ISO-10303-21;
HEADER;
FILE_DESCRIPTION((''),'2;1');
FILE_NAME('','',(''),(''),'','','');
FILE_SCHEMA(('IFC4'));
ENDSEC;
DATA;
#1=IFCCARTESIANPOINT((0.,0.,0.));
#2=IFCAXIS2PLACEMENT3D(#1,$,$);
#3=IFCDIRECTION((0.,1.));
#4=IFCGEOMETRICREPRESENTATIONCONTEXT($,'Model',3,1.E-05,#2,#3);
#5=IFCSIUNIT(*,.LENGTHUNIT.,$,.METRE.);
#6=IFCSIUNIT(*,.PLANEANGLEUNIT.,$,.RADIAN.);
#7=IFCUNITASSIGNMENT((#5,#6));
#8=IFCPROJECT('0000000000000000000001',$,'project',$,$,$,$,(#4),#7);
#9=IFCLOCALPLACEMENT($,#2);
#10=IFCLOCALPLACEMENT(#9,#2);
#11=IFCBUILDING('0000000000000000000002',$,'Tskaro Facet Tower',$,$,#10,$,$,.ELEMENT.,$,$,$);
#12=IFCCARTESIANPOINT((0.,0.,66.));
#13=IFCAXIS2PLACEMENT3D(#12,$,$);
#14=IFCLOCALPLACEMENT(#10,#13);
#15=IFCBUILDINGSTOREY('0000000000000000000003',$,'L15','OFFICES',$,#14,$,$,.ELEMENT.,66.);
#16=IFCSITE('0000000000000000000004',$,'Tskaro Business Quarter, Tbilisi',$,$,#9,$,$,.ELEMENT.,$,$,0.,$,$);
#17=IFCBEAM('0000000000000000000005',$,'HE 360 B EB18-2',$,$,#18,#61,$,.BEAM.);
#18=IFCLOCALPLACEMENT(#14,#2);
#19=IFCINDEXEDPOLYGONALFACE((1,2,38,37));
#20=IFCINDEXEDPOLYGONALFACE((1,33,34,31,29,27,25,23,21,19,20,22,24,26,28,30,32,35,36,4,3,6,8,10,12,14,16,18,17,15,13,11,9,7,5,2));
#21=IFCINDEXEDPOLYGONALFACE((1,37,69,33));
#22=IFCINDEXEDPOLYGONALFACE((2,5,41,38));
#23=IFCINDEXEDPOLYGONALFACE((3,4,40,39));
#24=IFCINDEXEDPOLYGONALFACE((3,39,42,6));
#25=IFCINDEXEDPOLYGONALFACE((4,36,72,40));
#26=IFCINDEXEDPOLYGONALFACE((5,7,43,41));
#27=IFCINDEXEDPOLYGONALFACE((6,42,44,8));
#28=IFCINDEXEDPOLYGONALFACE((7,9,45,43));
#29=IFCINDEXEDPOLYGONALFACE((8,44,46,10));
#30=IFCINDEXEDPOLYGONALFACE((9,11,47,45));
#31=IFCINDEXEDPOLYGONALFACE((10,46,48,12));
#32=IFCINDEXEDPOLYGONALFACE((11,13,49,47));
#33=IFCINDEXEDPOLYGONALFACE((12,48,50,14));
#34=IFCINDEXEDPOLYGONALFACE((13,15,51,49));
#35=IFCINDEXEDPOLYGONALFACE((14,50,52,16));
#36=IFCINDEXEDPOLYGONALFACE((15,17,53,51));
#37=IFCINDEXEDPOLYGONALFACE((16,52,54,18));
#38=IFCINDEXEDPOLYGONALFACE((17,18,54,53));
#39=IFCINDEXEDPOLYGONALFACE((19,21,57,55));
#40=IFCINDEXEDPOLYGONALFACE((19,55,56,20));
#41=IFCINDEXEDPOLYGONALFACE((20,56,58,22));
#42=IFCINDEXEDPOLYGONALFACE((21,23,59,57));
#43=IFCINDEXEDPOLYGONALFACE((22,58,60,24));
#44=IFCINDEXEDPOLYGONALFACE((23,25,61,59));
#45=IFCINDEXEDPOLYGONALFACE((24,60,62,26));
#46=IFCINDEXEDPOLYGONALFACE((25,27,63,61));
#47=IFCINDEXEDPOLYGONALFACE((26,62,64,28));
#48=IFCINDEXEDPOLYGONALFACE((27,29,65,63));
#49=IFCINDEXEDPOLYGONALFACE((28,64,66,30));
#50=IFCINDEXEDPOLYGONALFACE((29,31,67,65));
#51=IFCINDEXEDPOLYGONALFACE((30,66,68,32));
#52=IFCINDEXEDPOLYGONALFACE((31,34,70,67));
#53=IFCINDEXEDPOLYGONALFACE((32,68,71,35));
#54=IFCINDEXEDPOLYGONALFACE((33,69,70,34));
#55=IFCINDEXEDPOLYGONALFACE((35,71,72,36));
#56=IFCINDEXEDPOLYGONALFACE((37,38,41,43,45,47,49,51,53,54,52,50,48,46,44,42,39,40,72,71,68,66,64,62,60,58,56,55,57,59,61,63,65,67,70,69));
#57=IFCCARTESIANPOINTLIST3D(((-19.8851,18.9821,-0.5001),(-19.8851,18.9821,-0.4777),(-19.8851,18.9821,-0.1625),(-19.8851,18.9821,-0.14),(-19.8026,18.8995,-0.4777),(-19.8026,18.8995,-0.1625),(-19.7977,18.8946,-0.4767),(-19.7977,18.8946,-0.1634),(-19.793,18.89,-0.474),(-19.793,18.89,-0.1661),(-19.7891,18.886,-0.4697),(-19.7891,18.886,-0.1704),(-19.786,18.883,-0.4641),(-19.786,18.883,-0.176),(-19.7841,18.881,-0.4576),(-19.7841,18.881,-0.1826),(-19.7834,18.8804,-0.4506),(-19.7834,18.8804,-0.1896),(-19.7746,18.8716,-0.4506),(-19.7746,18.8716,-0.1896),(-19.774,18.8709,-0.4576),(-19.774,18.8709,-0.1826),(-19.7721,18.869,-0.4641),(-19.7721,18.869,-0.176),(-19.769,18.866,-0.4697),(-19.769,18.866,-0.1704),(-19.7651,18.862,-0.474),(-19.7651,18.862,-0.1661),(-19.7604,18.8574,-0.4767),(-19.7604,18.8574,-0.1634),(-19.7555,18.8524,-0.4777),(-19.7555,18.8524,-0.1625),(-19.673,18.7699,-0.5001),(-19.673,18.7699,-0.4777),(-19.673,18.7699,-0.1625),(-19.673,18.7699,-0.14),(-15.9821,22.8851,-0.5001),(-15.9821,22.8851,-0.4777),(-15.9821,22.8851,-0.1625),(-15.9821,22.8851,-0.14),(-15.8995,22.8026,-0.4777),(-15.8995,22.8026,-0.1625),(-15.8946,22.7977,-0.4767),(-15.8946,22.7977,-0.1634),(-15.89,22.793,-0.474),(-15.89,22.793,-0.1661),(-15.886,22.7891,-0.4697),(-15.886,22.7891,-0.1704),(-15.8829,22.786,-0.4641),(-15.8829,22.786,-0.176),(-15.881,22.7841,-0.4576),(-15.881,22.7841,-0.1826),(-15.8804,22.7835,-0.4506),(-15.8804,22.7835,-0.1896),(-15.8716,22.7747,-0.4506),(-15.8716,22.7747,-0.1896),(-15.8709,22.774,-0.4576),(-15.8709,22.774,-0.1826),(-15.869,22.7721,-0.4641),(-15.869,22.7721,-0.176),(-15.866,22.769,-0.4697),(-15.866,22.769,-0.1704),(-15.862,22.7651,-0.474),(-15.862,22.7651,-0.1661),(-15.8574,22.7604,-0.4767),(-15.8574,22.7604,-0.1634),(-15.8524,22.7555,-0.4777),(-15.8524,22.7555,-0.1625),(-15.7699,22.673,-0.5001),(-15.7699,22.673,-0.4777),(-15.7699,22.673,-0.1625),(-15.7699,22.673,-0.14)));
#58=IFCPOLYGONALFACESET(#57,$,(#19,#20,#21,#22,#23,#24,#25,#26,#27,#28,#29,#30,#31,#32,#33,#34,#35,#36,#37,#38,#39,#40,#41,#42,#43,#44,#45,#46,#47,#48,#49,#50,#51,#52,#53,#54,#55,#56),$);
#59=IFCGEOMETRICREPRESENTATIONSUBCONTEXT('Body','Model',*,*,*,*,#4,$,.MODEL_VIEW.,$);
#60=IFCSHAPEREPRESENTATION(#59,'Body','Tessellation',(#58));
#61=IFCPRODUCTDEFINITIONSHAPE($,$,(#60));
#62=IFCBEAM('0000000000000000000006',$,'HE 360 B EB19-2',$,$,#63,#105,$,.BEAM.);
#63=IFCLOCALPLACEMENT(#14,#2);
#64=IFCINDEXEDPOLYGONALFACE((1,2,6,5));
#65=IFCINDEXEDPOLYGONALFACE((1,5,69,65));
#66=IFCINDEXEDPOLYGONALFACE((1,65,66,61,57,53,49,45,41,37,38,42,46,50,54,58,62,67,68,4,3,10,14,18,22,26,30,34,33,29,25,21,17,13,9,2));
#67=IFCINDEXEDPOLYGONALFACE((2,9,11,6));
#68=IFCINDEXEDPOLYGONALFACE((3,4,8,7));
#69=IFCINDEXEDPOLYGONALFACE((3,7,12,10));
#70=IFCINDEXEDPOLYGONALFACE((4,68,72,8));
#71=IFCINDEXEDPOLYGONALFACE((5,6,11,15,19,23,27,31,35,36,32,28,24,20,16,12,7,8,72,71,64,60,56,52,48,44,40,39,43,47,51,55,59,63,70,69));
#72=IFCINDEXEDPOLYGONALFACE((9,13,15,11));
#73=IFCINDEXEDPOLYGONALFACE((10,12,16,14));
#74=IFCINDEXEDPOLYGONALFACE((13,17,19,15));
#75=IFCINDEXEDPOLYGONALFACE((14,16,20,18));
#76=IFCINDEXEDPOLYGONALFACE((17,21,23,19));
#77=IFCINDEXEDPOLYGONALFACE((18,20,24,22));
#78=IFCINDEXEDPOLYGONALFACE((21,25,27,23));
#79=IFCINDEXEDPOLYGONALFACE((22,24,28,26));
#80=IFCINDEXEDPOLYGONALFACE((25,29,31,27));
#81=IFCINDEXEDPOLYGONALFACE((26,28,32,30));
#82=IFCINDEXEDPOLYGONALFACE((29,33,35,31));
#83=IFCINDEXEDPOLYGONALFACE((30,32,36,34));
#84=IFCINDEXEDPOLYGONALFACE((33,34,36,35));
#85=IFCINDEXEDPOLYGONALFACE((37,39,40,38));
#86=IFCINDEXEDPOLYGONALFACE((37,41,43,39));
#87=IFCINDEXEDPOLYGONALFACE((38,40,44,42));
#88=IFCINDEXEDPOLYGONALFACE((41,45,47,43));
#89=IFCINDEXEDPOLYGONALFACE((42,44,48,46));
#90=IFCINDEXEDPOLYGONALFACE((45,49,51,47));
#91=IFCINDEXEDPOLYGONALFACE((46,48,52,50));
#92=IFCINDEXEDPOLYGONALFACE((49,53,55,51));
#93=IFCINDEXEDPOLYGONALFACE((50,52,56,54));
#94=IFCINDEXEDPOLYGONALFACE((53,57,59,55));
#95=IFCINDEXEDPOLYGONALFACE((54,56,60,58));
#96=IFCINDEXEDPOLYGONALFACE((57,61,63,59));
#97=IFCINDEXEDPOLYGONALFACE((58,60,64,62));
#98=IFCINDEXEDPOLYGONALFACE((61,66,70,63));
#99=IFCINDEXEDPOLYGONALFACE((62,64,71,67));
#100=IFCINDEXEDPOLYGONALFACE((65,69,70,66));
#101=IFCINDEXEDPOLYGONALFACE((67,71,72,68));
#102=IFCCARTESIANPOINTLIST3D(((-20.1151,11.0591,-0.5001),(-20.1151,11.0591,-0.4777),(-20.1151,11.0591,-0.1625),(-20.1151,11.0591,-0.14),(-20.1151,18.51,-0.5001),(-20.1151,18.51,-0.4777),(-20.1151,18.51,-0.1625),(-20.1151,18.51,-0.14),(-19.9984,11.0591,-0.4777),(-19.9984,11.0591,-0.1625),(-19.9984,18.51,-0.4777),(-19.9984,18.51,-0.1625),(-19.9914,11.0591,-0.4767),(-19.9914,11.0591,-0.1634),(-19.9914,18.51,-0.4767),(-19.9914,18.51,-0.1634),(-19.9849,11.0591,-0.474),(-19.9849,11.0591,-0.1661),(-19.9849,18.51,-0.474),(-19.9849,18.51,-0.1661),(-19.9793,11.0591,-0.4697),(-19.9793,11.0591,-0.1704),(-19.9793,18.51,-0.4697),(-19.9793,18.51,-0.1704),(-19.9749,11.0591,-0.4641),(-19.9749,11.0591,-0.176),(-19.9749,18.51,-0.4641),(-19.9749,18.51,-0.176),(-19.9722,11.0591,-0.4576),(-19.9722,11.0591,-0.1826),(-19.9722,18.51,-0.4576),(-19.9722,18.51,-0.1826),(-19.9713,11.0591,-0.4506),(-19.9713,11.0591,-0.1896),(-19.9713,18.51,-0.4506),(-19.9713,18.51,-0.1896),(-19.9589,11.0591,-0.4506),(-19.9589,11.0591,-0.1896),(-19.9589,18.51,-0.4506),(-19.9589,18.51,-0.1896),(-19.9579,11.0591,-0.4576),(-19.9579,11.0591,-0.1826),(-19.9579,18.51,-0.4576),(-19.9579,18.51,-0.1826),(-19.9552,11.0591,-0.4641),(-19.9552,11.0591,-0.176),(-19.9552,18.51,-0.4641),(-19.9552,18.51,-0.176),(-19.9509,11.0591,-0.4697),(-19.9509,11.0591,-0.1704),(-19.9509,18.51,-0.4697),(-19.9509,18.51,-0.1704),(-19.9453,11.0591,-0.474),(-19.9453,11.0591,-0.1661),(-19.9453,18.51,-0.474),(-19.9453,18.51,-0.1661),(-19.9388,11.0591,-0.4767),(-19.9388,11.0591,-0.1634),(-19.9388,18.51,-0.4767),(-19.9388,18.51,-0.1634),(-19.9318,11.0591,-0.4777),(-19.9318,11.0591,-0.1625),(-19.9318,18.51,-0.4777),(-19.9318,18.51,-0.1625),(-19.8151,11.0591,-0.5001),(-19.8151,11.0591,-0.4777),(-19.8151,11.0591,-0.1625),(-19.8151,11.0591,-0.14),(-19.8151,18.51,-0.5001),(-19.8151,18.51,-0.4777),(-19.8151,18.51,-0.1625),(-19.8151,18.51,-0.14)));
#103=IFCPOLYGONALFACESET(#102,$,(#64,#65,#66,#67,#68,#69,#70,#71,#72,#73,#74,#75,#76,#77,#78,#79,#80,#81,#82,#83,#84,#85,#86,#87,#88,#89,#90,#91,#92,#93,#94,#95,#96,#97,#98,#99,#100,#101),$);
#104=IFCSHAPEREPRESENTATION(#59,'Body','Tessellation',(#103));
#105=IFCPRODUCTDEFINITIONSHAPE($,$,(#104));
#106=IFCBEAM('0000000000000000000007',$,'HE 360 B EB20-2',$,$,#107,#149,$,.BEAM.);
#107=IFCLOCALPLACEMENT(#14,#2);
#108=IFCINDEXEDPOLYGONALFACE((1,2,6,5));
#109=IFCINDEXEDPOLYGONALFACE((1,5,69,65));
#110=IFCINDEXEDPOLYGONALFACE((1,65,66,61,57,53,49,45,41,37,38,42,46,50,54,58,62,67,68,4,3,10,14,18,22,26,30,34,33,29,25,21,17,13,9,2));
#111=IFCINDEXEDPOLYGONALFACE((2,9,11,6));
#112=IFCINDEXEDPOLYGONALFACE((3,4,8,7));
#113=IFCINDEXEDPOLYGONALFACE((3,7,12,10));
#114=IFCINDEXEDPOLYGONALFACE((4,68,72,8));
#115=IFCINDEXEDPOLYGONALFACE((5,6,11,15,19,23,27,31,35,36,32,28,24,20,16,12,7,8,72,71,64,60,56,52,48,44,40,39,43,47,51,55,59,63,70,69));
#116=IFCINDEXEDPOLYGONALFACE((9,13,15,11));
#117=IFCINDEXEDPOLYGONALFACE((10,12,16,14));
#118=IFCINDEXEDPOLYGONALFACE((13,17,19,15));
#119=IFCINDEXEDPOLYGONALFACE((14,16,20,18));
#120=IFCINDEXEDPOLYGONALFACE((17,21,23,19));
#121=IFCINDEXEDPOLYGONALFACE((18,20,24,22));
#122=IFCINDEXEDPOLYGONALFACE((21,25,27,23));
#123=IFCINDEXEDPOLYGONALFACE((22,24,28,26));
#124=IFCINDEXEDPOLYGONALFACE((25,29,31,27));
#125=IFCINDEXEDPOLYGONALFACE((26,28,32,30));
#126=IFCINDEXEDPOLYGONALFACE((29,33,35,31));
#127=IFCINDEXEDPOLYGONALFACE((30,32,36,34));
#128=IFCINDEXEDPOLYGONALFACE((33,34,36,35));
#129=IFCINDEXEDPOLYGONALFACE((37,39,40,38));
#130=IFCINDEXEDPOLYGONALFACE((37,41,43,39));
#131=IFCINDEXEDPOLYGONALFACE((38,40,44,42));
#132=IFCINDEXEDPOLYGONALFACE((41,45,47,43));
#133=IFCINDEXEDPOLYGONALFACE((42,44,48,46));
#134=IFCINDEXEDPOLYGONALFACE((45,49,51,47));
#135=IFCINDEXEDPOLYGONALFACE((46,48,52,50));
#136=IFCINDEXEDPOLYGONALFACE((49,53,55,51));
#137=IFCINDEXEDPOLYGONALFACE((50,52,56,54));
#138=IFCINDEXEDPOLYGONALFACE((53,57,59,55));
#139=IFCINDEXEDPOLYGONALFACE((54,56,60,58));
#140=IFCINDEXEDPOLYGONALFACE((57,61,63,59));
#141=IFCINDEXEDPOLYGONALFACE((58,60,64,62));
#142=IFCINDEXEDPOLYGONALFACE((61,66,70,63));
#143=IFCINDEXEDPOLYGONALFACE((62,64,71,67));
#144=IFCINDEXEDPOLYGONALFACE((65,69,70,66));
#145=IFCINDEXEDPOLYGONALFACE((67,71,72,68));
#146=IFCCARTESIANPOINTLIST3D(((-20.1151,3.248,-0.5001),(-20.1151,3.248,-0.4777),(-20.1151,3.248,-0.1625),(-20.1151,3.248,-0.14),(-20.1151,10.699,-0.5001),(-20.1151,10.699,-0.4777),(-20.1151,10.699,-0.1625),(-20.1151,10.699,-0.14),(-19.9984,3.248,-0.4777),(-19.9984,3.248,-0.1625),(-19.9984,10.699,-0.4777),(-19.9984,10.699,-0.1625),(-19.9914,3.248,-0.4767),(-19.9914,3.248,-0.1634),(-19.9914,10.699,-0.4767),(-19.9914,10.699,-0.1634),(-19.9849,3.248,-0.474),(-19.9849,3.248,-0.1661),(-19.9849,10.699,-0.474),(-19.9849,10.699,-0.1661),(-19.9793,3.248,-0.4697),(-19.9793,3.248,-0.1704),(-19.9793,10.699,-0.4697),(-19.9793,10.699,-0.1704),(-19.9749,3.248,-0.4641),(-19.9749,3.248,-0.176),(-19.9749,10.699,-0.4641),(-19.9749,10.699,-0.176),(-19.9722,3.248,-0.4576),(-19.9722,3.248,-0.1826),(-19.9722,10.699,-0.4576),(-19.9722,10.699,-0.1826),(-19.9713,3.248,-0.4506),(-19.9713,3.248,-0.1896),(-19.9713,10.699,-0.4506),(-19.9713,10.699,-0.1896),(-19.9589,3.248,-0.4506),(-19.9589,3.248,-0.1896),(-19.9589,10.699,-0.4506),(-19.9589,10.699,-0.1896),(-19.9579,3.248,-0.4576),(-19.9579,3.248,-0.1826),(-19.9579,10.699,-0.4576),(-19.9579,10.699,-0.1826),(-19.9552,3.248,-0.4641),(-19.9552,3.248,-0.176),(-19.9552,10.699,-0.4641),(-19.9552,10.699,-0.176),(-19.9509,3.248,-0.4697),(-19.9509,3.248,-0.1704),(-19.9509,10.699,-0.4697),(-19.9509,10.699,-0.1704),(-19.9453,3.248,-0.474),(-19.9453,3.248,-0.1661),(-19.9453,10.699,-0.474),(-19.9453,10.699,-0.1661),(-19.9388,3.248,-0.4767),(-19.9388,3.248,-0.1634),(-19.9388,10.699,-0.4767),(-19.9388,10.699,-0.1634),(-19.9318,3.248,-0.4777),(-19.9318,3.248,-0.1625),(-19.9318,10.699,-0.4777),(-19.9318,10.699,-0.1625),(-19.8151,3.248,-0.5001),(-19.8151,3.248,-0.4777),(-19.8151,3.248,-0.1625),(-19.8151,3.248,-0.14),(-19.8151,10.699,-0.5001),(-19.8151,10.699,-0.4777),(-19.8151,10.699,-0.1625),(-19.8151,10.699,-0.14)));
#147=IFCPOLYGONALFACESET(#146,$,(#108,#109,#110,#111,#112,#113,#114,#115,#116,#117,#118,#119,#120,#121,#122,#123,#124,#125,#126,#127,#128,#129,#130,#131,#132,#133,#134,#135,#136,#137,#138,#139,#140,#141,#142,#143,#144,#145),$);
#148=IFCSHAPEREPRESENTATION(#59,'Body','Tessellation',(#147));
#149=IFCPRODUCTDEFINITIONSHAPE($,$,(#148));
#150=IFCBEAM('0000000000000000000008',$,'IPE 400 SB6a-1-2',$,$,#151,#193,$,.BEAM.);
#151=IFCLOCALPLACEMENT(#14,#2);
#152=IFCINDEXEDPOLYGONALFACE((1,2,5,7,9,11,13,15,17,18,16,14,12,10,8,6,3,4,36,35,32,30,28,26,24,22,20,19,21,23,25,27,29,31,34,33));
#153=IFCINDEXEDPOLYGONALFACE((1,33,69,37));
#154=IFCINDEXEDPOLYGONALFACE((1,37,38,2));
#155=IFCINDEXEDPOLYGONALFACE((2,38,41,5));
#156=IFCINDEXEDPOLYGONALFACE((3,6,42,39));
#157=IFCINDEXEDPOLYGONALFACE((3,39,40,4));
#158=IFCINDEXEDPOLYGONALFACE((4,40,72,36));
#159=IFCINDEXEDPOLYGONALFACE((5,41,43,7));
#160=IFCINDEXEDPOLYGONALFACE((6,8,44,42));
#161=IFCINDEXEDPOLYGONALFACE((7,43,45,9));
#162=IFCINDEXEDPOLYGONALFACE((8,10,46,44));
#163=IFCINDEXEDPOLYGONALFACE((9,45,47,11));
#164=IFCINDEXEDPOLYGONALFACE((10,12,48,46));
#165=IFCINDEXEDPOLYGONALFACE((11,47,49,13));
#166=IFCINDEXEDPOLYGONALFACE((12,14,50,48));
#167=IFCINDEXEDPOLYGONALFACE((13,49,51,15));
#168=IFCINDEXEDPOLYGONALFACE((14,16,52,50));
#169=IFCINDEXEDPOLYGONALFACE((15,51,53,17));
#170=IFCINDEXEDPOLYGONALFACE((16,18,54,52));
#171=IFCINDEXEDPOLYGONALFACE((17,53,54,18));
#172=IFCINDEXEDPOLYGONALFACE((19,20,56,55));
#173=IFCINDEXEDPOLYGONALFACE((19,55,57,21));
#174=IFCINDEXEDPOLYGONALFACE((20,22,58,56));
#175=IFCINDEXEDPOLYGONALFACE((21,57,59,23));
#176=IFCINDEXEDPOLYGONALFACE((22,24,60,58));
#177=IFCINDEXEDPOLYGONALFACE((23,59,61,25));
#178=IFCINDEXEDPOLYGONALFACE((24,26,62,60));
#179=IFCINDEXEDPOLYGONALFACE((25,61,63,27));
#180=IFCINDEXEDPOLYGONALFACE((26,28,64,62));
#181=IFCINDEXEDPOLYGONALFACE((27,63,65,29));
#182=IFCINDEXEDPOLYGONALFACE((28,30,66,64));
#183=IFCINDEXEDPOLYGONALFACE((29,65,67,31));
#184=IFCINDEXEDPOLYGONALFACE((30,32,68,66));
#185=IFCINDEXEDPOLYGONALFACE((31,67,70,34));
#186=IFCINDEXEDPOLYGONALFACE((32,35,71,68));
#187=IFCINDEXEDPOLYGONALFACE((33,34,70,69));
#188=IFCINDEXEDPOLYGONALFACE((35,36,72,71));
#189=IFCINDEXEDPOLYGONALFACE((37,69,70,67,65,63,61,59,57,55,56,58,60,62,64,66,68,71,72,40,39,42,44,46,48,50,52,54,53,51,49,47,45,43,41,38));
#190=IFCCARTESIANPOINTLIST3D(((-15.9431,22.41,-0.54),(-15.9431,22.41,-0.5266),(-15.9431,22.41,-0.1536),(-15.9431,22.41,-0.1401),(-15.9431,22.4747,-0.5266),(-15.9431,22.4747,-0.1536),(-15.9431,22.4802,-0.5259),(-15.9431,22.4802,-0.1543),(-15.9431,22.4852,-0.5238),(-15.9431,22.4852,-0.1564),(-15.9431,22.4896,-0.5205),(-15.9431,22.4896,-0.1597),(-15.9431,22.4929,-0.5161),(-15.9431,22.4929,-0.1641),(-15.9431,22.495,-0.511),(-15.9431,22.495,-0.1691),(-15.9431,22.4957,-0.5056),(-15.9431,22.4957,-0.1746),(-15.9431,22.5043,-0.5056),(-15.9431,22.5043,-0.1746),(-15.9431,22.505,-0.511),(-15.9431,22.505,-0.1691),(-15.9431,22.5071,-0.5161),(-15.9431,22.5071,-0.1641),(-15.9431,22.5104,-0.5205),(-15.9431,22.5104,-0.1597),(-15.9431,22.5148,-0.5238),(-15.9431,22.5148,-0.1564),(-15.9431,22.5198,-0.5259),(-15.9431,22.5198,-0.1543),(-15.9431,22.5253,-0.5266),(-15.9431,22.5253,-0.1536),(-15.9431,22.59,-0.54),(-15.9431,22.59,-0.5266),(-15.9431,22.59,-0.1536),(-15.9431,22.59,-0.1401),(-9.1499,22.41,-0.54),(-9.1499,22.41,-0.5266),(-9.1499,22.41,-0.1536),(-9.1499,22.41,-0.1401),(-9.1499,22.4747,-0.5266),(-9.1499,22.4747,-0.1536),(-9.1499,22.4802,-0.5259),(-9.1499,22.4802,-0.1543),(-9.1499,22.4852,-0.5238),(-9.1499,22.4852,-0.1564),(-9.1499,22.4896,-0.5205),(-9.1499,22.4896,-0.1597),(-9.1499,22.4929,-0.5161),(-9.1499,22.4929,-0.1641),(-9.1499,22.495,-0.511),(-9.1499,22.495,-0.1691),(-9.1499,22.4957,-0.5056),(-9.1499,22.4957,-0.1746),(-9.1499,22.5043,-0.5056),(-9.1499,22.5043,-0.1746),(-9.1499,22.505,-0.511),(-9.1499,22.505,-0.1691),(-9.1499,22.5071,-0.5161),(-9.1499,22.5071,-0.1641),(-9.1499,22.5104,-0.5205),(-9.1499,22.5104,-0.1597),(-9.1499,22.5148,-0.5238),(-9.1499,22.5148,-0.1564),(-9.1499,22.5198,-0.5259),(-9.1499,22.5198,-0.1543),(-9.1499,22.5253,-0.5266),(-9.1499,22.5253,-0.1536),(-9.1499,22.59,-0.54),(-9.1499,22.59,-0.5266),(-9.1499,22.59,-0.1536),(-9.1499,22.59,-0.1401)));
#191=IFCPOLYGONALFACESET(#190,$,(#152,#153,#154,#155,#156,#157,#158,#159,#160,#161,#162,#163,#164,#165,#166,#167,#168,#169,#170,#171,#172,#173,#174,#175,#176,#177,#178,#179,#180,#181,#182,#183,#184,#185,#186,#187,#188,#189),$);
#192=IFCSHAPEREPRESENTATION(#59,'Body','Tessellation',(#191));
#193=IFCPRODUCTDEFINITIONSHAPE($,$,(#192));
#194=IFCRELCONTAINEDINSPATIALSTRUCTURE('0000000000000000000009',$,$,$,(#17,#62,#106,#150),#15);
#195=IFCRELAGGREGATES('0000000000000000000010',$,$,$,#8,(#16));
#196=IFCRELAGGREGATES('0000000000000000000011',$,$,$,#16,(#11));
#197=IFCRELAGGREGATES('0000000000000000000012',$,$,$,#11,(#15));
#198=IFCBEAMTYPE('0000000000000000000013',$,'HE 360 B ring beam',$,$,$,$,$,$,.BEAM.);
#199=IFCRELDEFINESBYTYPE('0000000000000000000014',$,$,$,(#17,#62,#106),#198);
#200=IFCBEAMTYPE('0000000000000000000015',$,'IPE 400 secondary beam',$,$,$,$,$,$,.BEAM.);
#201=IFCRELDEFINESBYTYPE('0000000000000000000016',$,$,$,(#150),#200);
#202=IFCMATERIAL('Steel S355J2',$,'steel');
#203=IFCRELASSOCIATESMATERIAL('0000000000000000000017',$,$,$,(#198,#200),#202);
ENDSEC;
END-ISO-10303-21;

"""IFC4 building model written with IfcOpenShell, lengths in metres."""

from ifc_helpers import new_model, si_unit, direction, frame, origin, origin_2d, place, context, subcontext, project, spatial, i_section, extrude, material, material_profile, profile_set, type_object, element, save


model = new_model("IFC4")

# Units and contexts
model_context = context("Model", 3, precision=1e-05, world=origin(), true_north=direction((0.0, 1.0)))
body_context = subcontext(model_context, "Body", "Model", "MODEL_VIEW")
ifc_project = project(units=[si_unit("LENGTHUNIT", "METRE"), si_unit("PLANEANGLEUNIT", "RADIAN")], contexts=[model_context])

# Site, building, storey
site_placement = place(None, origin())
site = spatial("IfcSite", under=ifc_project, at=site_placement, Name="Tskaro Business Quarter, Tbilisi", CompositionType="ELEMENT", RefElevation=0.0)
building_placement = place(site_placement, origin())
building = spatial("IfcBuilding", under=site, at=building_placement, Name="Tskaro Facet Tower", CompositionType="ELEMENT")
storey_placement = place(building_placement, frame((0.0, 0.0, 66.0)))
storey = spatial("IfcBuildingStorey", under=building, at=storey_placement, Name="L15", Description="OFFICES", CompositionType="ELEMENT", Elevation=66.0)

# Beams
ifc_material_1 = material(Name="Steel S355J2", Category="steel")
ifc_material_profile_1 = material_profile(ifc_material_1, i_section(OverallWidth=0.3, OverallDepth=0.3601, WebThickness=0.0125, FlangeThickness=0.0225, FilletRadius=0.0271, at=origin_2d()), Name="HE 360 B")
ifc_profile_set_1 = profile_set([ifc_material_profile_1], Name="Steel S355J2")
beam_type_1 = type_object("IfcBeamType", Name="HE 360 B ring beam", PredefinedType="BEAM", material=ifc_profile_set_1)
beam_1_placement = place(storey_placement, frame((-15.876, 22.7791, -0.3201), z_axis=(-0.707107, -0.707107, 0.0), x_axis=(0.707107, -0.707107, 0.0)))
element("IfcBeam", 1, at=beam_1_placement, inside=storey, type_object=beam_type_1, Name="HE 360 B EB18-2", PredefinedType="BEAM", context=body_context, shape_type="SweptSolid", body=[
    extrude(i_section(OverallWidth=0.3, OverallDepth=0.3601, WebThickness=0.0125, FlangeThickness=0.0225, FilletRadius=0.0271, at=origin_2d()), origin(), (0.0, 0.0, 1.0), 5.5198),
])
for number, where, z_axis, x_axis, name in (
    (2, (-19.9651, 18.51, -0.3201), (0.0, -1.0, 0.0), (1.0, 0.0, 0.0), "HE 360 B EB19-2"),
    (3, (-19.9651, 10.699, -0.3201), (0.0, -1.0, 0.0), (1.0, 0.0, 0.0), "HE 360 B EB20-2"),
):
    element("IfcBeam", number, at=place(storey_placement, frame(where, z_axis=z_axis, x_axis=x_axis)), inside=storey, type_object=beam_type_1, Name=name, PredefinedType="BEAM", context=body_context, shape_type="SweptSolid", body=[
        extrude(i_section(OverallWidth=0.3, OverallDepth=0.3601, WebThickness=0.0125, FlangeThickness=0.0225, FilletRadius=0.0271, at=origin_2d()), origin(), (0.0, 0.0, 1.0), 7.4509),
    ])
ifc_material_profile_2 = material_profile(ifc_material_1, i_section(OverallWidth=0.1799, OverallDepth=0.3999, WebThickness=0.0085, FlangeThickness=0.0134, FilletRadius=0.021, at=origin_2d()), Name="IPE 400")
ifc_profile_set_2 = profile_set([ifc_material_profile_2], Name="Steel S355J2")
beam_type_2 = type_object("IfcBeamType", Name="IPE 400 secondary beam", PredefinedType="BEAM", material=ifc_profile_set_2)
beam_2_placement = place(storey_placement, frame((-15.9431, 22.5, -0.3401), z_axis=(1.0, 0.0, 0.0), x_axis=(0.0, 1.0, 0.0)))
element("IfcBeam", 4, at=beam_2_placement, inside=storey, type_object=beam_type_2, Name="IPE 400 SB6a-1-2", PredefinedType="BEAM", context=body_context, shape_type="SweptSolid", body=[
    extrude(i_section(OverallWidth=0.1799, OverallDepth=0.3999, WebThickness=0.0085, FlangeThickness=0.0134, FilletRadius=0.021, at=origin_2d()), origin(), (0.0, 0.0, 1.0), 6.7932),
])

save(model, "model.ifc")
